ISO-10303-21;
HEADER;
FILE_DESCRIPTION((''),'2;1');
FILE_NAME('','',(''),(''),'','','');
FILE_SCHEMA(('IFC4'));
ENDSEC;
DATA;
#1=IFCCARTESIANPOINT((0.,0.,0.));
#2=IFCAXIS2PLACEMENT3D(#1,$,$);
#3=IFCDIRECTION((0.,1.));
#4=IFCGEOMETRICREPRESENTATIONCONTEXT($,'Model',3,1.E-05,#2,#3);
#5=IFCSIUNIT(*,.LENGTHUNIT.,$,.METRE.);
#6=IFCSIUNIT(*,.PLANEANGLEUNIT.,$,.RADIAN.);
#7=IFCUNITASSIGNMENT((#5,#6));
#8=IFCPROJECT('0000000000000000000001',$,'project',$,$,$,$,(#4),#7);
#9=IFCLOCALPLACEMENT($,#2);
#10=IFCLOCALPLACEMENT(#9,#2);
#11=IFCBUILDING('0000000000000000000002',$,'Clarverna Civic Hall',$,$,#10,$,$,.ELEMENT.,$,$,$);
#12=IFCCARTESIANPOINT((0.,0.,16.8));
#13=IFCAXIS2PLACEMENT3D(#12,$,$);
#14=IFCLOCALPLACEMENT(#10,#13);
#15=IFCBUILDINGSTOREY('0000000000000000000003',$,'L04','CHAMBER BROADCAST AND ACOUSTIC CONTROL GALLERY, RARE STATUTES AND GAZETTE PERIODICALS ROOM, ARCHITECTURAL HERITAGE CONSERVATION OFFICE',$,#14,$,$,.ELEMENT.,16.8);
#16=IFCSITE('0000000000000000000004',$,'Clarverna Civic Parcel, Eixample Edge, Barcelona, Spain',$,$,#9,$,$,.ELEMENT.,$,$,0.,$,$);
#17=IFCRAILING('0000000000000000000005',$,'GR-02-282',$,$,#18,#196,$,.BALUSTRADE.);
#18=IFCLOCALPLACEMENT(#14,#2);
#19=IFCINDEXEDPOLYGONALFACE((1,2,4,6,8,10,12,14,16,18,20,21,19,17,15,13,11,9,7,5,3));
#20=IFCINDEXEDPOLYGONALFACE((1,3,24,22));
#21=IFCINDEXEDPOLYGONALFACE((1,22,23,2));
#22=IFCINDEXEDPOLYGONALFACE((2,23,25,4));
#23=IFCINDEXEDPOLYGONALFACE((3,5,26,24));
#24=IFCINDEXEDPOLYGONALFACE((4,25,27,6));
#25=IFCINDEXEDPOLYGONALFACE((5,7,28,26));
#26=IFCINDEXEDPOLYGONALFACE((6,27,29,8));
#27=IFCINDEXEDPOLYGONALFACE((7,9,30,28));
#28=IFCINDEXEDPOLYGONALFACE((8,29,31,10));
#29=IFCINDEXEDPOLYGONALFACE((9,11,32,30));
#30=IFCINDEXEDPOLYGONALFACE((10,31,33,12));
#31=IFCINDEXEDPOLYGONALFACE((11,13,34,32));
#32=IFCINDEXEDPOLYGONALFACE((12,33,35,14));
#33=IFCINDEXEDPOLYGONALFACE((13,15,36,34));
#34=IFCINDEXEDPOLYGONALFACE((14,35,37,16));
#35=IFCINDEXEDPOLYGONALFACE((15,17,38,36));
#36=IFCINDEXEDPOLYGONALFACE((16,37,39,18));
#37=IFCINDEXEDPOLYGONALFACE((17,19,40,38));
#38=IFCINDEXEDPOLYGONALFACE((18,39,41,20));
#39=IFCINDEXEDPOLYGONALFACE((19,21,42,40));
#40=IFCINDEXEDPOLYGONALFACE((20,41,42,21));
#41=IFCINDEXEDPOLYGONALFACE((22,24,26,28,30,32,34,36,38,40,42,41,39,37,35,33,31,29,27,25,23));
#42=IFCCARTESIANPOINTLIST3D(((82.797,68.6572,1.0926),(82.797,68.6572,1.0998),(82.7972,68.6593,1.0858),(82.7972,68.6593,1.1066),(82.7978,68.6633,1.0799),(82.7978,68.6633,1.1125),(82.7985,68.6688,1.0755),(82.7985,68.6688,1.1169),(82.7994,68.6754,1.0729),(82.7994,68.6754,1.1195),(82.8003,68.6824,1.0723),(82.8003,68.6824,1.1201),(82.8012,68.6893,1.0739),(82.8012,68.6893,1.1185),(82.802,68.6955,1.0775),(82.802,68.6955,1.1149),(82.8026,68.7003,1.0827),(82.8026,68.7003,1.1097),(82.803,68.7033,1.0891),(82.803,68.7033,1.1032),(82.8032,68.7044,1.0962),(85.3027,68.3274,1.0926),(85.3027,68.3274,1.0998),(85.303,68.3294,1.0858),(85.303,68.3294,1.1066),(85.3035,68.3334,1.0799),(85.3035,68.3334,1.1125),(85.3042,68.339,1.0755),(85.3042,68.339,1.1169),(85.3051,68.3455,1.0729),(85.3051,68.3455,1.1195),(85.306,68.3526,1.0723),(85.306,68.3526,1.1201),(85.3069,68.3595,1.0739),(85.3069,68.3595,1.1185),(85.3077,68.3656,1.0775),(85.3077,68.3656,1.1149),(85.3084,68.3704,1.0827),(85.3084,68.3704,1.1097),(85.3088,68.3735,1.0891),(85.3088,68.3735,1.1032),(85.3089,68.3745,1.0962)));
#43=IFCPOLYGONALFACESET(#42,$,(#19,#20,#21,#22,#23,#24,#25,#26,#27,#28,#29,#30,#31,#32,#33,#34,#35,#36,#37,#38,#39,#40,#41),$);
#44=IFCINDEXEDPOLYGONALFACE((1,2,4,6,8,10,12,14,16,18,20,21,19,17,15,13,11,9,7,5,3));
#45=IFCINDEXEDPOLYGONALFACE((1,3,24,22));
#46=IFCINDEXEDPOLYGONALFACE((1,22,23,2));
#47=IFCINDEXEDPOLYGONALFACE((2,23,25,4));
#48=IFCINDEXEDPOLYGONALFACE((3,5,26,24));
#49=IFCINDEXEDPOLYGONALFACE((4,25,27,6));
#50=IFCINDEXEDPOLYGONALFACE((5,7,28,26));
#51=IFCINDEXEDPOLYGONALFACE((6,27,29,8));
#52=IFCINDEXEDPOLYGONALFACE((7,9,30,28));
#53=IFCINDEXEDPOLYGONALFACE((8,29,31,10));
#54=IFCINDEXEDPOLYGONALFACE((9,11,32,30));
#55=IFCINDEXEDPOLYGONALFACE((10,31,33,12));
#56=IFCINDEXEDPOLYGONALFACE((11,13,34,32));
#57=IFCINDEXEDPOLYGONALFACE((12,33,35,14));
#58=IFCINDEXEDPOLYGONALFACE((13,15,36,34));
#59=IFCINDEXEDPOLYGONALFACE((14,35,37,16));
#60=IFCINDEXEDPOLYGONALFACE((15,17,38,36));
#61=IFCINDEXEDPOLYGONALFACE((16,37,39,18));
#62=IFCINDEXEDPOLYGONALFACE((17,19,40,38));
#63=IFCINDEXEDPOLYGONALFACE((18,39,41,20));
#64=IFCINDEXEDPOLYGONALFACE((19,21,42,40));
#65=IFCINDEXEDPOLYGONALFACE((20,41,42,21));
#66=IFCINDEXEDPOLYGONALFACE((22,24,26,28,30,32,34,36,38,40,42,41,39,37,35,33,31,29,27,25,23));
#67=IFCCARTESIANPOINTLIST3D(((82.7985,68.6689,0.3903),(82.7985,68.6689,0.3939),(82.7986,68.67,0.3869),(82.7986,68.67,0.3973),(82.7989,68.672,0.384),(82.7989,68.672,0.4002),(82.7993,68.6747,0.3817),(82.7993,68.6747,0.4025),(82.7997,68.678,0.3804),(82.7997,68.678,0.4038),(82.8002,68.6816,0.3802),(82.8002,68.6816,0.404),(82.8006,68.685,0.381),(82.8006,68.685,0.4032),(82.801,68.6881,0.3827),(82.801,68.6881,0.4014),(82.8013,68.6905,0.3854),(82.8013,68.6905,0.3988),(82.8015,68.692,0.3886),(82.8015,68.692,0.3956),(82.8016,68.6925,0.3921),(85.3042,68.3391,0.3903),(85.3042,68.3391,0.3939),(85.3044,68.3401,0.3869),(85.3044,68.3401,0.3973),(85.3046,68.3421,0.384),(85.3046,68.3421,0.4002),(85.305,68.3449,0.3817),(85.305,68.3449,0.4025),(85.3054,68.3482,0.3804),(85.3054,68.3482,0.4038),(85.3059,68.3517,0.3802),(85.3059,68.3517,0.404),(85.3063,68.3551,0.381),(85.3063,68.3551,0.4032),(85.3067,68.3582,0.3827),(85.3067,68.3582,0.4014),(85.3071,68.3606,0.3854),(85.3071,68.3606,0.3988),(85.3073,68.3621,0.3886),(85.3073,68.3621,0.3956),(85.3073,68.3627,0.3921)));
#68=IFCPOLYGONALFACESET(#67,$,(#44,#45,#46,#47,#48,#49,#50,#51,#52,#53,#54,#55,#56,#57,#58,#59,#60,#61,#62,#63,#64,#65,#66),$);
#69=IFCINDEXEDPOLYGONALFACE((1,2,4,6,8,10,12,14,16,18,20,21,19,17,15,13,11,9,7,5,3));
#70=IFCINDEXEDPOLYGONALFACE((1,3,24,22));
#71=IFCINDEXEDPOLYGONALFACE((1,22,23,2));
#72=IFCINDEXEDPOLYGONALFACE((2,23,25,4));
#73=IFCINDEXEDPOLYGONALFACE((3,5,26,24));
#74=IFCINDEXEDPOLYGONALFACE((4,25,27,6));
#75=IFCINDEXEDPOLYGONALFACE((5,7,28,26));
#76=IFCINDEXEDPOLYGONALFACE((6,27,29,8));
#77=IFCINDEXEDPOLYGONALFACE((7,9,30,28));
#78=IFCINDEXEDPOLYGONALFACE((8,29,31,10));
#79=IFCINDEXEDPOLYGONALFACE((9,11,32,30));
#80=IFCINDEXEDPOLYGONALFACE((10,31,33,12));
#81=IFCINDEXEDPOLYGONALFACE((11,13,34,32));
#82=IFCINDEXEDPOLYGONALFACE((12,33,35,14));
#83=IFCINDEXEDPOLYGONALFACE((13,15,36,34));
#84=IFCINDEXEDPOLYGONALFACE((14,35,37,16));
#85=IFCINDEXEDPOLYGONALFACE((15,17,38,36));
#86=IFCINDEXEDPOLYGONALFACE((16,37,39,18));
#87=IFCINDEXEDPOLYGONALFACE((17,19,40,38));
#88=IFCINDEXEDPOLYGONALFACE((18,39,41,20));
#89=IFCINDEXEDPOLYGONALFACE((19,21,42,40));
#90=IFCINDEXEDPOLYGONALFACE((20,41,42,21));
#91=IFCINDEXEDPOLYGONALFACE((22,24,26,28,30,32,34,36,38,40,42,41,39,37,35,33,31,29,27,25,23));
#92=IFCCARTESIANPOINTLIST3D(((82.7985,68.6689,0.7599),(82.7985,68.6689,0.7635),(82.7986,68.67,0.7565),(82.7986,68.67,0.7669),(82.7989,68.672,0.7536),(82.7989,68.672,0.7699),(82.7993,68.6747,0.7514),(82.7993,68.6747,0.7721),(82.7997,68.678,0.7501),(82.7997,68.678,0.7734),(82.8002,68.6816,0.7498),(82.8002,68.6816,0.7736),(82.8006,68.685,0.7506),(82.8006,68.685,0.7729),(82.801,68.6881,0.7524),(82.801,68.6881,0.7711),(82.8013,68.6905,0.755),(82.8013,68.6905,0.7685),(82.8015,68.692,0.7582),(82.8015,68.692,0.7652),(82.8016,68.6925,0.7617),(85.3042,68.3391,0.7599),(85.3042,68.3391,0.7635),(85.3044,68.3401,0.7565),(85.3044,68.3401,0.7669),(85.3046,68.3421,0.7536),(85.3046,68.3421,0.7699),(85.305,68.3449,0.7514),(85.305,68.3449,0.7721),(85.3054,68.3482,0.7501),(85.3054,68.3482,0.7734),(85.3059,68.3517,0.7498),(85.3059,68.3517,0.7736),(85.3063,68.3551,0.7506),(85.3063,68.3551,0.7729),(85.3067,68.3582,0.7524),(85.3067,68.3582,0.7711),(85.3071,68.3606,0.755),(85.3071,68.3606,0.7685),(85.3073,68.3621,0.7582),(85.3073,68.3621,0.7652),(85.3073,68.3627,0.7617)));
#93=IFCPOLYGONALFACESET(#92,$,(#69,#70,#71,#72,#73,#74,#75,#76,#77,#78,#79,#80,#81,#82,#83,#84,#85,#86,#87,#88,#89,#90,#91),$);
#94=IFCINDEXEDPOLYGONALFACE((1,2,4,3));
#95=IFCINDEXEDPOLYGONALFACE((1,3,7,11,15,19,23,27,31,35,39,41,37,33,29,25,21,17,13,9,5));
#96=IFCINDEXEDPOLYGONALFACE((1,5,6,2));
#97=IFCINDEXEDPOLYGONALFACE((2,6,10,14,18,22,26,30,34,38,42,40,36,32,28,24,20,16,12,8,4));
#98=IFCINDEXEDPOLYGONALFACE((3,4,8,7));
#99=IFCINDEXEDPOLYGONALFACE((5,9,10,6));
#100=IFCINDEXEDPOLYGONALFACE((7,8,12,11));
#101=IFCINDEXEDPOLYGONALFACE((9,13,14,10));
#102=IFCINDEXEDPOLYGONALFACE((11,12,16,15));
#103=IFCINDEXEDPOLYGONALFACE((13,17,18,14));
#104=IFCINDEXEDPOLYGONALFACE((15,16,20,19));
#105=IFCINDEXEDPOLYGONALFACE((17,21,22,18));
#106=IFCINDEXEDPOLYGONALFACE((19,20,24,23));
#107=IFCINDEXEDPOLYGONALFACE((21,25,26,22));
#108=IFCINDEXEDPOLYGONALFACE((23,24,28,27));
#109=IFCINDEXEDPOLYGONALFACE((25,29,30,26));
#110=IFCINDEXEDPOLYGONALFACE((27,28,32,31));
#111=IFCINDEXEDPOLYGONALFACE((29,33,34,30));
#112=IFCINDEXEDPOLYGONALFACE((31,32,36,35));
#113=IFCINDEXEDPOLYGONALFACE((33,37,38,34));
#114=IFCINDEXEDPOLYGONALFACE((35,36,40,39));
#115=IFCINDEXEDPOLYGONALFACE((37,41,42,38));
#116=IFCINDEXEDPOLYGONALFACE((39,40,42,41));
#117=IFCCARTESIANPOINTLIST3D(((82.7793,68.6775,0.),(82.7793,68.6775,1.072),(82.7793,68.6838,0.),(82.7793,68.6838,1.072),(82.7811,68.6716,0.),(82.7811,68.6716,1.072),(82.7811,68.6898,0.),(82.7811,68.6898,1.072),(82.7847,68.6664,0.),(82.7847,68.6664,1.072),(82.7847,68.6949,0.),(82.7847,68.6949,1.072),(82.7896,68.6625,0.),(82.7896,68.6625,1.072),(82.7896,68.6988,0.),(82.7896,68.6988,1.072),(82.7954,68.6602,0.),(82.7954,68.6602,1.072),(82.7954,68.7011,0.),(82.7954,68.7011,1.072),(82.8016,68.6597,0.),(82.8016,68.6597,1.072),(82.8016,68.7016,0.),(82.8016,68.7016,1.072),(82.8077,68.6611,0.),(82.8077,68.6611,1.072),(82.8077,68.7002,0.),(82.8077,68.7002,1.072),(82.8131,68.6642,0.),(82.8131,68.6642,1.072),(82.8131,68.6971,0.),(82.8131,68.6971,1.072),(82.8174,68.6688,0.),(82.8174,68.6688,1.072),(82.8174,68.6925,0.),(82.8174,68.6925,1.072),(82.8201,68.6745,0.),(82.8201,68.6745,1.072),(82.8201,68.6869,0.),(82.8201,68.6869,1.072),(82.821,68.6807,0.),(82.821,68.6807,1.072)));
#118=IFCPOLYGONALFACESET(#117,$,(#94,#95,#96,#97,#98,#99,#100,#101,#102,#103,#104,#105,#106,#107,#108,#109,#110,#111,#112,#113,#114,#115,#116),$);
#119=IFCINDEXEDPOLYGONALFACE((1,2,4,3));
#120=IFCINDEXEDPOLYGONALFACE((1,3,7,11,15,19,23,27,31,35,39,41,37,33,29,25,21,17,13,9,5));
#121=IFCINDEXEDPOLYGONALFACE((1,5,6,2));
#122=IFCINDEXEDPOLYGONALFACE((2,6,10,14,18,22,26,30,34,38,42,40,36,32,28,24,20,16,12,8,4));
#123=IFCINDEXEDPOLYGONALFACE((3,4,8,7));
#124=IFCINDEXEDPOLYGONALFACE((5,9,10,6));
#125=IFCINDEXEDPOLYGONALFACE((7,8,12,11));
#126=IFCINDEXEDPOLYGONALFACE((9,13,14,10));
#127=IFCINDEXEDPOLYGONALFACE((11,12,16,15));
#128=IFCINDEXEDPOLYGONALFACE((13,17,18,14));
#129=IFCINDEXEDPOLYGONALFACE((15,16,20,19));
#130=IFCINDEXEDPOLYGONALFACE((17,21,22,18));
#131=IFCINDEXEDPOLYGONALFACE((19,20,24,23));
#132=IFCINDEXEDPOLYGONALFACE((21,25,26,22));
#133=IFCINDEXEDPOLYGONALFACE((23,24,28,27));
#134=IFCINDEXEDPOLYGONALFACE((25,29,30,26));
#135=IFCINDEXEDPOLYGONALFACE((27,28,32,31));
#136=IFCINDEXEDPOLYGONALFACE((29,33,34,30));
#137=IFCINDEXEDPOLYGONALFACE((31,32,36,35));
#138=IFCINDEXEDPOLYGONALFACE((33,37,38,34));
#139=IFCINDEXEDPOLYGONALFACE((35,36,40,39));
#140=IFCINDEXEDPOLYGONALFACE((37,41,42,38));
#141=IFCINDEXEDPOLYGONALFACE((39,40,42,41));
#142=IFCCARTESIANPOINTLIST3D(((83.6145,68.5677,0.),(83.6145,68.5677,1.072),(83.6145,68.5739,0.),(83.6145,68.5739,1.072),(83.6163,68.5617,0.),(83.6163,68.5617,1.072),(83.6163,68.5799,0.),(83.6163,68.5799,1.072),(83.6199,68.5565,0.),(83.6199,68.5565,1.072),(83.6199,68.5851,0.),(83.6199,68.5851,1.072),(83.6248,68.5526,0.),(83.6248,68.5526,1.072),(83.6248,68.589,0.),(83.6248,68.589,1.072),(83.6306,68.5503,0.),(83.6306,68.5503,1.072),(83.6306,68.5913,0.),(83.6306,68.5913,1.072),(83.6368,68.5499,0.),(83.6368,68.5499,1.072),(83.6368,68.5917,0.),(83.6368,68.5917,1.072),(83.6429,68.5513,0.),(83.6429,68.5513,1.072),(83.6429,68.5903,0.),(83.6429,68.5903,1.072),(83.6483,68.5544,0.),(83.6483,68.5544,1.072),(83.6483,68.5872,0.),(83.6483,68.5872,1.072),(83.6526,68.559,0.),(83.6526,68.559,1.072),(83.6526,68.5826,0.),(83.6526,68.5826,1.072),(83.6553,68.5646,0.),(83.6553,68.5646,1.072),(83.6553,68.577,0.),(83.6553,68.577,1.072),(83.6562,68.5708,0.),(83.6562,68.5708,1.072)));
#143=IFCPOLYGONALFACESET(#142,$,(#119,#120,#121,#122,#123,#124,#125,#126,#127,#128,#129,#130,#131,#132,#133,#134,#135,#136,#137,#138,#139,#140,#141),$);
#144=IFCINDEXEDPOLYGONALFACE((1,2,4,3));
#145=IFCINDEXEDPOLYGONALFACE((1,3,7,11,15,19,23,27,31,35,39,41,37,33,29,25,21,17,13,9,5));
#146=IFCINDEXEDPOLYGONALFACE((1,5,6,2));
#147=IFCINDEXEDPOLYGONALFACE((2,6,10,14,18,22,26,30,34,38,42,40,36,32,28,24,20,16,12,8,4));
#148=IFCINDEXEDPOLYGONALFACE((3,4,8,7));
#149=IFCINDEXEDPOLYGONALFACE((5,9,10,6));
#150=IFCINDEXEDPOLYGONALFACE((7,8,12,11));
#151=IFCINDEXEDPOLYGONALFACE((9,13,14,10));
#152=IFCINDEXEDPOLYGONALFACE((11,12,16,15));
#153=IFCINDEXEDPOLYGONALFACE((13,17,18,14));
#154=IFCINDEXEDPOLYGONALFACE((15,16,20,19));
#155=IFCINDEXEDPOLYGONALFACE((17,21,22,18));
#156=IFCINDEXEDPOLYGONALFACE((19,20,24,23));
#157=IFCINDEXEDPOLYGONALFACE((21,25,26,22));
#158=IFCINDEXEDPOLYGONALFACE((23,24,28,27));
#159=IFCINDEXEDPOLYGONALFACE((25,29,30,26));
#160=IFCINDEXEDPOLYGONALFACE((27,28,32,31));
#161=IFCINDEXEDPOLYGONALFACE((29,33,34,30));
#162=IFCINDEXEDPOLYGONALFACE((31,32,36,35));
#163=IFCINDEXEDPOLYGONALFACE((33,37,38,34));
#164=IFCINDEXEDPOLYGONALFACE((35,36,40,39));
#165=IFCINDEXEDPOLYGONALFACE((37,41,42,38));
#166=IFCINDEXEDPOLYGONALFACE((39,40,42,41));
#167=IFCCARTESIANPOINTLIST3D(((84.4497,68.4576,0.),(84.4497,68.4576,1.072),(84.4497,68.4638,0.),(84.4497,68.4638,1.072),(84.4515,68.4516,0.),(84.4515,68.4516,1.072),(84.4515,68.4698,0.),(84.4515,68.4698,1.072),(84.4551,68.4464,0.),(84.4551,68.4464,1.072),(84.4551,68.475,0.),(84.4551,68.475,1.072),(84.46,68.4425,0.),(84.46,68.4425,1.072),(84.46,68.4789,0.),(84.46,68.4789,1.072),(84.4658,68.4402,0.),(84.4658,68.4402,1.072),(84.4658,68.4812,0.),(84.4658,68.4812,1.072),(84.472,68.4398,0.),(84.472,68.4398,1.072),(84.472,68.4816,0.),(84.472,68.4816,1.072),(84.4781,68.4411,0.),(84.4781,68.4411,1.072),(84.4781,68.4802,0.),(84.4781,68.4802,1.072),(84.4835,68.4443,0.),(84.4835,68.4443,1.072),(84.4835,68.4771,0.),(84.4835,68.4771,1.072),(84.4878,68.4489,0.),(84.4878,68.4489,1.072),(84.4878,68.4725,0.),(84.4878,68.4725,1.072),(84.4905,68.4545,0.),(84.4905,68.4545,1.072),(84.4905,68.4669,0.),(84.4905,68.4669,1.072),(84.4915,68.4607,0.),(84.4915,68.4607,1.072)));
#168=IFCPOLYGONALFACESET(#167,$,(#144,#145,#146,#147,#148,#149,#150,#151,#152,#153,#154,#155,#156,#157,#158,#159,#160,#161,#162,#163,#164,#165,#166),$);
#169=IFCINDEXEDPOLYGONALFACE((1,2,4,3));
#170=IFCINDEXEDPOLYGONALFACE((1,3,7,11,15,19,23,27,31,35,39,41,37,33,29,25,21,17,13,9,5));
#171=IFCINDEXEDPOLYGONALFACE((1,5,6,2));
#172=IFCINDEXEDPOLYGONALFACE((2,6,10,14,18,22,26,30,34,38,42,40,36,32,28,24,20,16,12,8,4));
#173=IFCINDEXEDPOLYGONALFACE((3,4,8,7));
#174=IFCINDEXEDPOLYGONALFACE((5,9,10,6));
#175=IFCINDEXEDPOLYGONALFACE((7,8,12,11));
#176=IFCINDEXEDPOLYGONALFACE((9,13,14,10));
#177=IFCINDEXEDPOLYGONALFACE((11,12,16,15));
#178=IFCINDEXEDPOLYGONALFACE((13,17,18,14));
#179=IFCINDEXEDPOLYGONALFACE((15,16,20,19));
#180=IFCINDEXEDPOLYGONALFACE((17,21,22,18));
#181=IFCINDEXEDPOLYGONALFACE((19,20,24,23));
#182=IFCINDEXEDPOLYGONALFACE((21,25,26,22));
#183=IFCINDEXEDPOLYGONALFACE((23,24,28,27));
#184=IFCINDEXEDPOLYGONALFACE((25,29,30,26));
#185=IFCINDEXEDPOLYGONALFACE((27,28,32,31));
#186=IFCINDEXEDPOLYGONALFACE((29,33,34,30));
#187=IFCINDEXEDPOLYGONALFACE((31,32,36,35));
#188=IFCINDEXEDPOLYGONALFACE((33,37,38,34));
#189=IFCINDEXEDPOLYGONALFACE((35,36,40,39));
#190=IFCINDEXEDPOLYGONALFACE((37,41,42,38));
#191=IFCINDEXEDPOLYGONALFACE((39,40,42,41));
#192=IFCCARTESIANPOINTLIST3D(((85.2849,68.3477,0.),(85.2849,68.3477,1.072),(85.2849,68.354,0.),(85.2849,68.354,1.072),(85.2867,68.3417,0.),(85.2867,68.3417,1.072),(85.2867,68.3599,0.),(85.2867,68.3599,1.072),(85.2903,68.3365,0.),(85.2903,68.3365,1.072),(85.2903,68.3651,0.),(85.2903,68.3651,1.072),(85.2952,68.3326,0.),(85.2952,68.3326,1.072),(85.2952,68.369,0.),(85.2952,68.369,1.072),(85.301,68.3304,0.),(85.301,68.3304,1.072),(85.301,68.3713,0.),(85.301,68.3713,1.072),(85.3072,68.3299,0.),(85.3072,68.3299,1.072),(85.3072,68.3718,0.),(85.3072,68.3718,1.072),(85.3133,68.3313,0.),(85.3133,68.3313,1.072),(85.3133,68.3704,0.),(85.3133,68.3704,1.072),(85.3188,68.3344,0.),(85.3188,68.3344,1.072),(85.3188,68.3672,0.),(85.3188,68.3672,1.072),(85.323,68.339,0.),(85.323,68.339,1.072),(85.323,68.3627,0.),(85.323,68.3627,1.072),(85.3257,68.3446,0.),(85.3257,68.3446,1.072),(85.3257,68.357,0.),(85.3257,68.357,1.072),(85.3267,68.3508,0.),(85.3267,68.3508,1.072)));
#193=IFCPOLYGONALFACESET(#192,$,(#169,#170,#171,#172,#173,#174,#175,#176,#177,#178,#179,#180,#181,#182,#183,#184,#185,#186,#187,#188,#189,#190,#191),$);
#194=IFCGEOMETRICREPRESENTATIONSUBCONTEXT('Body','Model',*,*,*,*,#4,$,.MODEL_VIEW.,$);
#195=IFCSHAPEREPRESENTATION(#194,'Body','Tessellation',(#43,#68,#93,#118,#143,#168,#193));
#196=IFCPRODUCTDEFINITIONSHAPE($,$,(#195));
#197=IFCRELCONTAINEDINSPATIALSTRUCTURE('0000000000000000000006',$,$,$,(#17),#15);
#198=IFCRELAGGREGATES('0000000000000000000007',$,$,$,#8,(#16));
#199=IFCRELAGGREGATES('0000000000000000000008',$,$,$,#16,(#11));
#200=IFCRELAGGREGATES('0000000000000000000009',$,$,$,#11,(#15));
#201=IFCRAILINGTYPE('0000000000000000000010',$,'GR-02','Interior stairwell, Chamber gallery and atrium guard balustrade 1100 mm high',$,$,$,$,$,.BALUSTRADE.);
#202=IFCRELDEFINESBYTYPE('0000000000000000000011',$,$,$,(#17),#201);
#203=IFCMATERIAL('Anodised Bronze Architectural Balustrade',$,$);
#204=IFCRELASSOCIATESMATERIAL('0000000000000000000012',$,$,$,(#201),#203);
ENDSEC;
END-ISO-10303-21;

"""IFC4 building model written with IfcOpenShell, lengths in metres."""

from ifc_helpers import new_model, si_unit, direction, frame, origin, origin_2d, place, context, subcontext, project, spatial, circle, extrude, material, type_object, element, save


model = new_model("IFC4")

# Units and contexts
model_context = context("Model", 3, precision=1e-05, world=origin(), true_north=direction((0.0, 1.0)))
body_context = subcontext(model_context, "Body", "Model", "MODEL_VIEW")
ifc_project = project(units=[si_unit("LENGTHUNIT", "METRE"), si_unit("PLANEANGLEUNIT", "RADIAN")], contexts=[model_context])

# Site, building, storey
site_placement = place(None, origin())
site = spatial("IfcSite", under=ifc_project, at=site_placement, Name="Clarverna Civic Parcel, Eixample Edge, Barcelona, Spain", CompositionType="ELEMENT", RefElevation=0.0)
building_placement = place(site_placement, origin())
building = spatial("IfcBuilding", under=site, at=building_placement, Name="Clarverna Civic Hall", CompositionType="ELEMENT")
storey_placement = place(building_placement, frame((0.0, 0.0, 16.8)))
storey = spatial("IfcBuildingStorey", under=building, at=storey_placement, Name="L04", Description="CHAMBER BROADCAST AND ACOUSTIC CONTROL GALLERY, RARE STATUTES AND GAZETTE PERIODICALS ROOM, ARCHITECTURAL HERITAGE CONSERVATION OFFICE", CompositionType="ELEMENT", Elevation=16.8)

# Railing
ifc_material_1 = material(Name="Anodised Bronze Architectural Balustrade")
railing_type = type_object("IfcRailingType", Name="GR-02", Description="Interior stairwell, Chamber gallery and atrium guard balustrade 1100 mm high", PredefinedType="BALUSTRADE", material=ifc_material_1)
railing_1_placement = place(storey_placement, frame((82.8, 68.6807, 0.0)))
element("IfcRailing", 1, at=railing_1_placement, inside=storey, type_object=railing_type, Name="GR-02-282", PredefinedType="BALUSTRADE", context=body_context, shape_type="SweptSolid", body=[
    extrude(circle(Radius=0.0239, at=origin_2d()), frame((0.0, 0.0, 1.0962), z_axis=(0.991447, -0.130512, 0.0), x_axis=(0.130512, 0.991447, 0.0)), (0.0, 0.0, 1.0), 2.5273),
    extrude(circle(Radius=0.012, at=origin_2d()), frame((0.0, 0.0, 0.3921), z_axis=(0.991447, -0.130512, 0.0), x_axis=(0.130512, 0.991447, 0.0)), (0.0, 0.0, 1.0), 2.5273),
    extrude(circle(Radius=0.012, at=origin_2d()), frame((0.0, 0.0, 0.7617), z_axis=(0.991447, -0.130512, 0.0), x_axis=(0.130512, 0.991447, 0.0)), (0.0, 0.0, 1.0), 2.5273),
    extrude(circle(Radius=0.021, at=origin_2d()), origin(), (0.0, 0.0, 1.0), 1.072),
    extrude(circle(Radius=0.021, at=origin_2d()), frame((0.8352, -0.1099, 0.0)), (0.0, 0.0, 1.0), 1.072),
    extrude(circle(Radius=0.021, at=origin_2d()), frame((1.6704, -0.22, 0.0)), (0.0, 0.0, 1.0), 1.072),
    extrude(circle(Radius=0.021, at=origin_2d()), frame((2.5056, -0.3298, 0.0)), (0.0, 0.0, 1.0), 1.072),
])

save(model, "model.ifc")
